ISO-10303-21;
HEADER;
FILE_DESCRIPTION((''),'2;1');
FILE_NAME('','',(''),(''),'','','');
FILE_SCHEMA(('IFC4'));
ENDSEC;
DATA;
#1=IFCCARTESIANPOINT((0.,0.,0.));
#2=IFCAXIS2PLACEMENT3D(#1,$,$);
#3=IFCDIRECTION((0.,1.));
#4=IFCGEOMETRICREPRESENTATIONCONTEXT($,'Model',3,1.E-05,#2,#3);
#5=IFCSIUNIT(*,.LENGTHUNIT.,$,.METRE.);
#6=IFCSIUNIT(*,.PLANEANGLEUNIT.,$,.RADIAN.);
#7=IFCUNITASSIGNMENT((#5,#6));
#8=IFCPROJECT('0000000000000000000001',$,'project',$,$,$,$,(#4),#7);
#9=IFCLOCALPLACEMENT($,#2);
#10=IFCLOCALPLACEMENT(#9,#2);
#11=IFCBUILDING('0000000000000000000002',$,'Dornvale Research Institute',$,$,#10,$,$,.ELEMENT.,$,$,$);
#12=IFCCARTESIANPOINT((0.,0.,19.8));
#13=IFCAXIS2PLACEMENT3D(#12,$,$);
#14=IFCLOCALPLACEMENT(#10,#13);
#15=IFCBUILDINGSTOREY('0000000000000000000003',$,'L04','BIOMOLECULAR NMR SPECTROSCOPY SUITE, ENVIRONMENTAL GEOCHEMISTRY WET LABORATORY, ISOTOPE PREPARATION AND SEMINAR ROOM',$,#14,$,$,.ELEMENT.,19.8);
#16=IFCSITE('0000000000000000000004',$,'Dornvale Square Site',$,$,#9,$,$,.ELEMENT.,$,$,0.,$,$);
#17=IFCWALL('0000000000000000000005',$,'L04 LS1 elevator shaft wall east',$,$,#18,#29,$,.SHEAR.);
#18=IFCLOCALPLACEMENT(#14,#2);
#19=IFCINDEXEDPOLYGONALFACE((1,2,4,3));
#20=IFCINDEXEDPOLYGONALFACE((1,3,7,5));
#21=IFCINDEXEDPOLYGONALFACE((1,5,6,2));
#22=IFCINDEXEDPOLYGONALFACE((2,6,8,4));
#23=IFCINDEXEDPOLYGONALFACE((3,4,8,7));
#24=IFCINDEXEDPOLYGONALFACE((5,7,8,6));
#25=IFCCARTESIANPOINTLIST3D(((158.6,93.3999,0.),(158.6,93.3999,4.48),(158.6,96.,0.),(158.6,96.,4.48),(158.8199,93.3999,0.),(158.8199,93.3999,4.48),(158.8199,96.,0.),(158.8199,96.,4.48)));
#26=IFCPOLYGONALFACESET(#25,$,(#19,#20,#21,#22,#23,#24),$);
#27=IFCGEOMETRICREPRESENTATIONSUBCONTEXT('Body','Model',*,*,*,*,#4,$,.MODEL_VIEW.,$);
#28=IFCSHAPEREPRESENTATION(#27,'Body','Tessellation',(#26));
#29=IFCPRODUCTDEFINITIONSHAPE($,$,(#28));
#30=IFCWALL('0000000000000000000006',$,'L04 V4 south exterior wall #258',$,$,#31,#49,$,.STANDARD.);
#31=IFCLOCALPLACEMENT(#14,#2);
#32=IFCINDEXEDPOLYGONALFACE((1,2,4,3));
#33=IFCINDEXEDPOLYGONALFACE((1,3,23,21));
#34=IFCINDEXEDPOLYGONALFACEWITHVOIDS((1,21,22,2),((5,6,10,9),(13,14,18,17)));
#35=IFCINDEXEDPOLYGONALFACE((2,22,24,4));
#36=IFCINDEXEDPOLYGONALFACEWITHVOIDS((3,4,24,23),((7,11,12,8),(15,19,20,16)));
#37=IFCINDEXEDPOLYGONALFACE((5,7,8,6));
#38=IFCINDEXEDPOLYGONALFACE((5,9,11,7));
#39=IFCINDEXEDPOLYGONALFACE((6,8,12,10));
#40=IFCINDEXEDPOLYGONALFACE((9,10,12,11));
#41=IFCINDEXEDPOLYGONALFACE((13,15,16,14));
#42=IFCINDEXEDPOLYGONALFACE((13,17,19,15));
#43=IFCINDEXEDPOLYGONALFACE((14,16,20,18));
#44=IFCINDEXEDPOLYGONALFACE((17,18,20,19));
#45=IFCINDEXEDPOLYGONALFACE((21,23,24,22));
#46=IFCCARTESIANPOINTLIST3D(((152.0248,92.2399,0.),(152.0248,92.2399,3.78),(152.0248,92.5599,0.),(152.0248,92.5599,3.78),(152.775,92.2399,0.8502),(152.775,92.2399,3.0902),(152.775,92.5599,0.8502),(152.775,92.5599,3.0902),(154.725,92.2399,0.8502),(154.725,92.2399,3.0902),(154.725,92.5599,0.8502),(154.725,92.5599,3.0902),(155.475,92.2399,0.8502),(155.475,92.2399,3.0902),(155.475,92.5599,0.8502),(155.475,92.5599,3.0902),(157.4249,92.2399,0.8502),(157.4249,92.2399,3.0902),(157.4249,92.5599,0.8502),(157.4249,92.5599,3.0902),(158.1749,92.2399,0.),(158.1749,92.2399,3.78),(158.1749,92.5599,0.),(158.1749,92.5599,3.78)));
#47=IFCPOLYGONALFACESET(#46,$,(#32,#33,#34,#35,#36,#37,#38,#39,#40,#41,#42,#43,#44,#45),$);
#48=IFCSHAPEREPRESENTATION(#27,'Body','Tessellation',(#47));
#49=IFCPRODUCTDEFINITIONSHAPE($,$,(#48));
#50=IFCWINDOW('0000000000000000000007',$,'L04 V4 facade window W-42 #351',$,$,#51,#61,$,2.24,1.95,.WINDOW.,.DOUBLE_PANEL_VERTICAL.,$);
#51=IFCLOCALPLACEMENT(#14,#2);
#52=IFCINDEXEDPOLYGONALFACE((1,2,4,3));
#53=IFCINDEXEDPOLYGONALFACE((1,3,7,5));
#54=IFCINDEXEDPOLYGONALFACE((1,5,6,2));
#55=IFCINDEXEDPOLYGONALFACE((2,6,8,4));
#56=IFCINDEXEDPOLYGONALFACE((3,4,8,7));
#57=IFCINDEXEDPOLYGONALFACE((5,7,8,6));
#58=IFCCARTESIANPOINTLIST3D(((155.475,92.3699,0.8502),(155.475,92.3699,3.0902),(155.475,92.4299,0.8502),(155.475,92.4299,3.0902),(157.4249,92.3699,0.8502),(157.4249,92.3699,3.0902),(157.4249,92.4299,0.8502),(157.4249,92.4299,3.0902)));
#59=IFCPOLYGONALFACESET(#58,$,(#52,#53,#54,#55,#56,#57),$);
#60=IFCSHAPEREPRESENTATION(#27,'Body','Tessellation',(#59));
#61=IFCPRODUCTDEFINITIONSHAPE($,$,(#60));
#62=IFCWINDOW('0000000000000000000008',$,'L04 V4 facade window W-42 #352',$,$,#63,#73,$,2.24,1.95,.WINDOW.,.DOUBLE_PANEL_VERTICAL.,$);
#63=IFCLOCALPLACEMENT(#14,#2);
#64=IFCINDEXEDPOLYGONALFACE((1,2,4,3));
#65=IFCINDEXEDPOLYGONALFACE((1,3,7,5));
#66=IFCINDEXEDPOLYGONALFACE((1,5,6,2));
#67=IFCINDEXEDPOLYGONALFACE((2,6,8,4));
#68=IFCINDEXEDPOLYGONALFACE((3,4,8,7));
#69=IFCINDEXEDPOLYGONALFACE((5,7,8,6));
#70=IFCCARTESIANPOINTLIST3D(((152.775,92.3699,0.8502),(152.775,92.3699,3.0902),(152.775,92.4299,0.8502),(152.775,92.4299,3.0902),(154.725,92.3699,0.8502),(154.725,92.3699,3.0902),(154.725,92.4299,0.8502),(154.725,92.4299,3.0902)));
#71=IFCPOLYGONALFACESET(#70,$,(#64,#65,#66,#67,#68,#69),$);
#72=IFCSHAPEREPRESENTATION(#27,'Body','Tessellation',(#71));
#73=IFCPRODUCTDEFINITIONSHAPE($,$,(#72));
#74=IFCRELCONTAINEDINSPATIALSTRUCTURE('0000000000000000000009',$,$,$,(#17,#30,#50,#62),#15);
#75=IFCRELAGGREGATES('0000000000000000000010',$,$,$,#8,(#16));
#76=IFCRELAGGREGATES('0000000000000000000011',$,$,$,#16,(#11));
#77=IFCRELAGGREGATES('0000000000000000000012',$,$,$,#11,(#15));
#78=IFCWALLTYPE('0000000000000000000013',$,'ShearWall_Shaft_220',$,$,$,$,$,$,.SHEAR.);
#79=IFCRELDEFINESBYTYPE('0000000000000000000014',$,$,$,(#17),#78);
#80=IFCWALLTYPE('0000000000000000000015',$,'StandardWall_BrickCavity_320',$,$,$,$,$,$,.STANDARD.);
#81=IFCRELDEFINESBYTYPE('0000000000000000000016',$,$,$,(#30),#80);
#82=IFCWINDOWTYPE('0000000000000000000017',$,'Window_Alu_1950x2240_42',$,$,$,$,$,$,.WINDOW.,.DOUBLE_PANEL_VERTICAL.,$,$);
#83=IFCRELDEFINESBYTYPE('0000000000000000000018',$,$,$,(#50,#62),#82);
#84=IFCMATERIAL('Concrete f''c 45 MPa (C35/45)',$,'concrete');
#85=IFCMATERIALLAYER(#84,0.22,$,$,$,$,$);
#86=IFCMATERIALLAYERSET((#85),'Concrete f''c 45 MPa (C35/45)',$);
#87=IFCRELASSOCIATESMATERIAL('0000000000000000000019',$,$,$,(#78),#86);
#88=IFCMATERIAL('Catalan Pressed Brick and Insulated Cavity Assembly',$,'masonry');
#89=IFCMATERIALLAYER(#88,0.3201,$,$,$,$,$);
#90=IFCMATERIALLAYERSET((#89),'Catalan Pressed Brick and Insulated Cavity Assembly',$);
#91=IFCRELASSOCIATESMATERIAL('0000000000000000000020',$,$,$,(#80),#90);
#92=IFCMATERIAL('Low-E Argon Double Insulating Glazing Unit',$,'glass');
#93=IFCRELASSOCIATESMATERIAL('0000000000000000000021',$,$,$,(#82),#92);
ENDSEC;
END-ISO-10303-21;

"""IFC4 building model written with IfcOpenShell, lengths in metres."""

from ifc_helpers import new_model, si_unit, direction, frame, frame_2d, origin, place, context, subcontext, project, spatial, rectangle, extrude, material, layer, layer_set, type_object, element, fill, save


model = new_model("IFC4")

# Units and contexts
model_context = context("Model", 3, precision=1e-05, world=origin(), true_north=direction((0.0, 1.0)))
body_context = subcontext(model_context, "Body", "Model", "MODEL_VIEW")
ifc_project = project(units=[si_unit("LENGTHUNIT", "METRE"), si_unit("PLANEANGLEUNIT", "RADIAN")], contexts=[model_context])

# Site, building, storey
site_placement = place(None, origin())
site = spatial("IfcSite", under=ifc_project, at=site_placement, Name="Dornvale Square Site", CompositionType="ELEMENT", RefElevation=0.0)
building_placement = place(site_placement, origin())
building = spatial("IfcBuilding", under=site, at=building_placement, Name="Dornvale Research Institute", CompositionType="ELEMENT")
storey_placement = place(building_placement, frame((0.0, 0.0, 19.8)))
storey = spatial("IfcBuildingStorey", under=building, at=storey_placement, Name="L04", Description="BIOMOLECULAR NMR SPECTROSCOPY SUITE, ENVIRONMENTAL GEOCHEMISTRY WET LABORATORY, ISOTOPE PREPARATION AND SEMINAR ROOM", CompositionType="ELEMENT", Elevation=19.8)

# Shared definitions
ifc_material_1 = material(Name="Concrete f'c 45 MPa (C35/45)", Category="concrete")
ifc_layer_1 = layer(ifc_material_1, 0.22)
ifc_layer_set_1 = layer_set([ifc_layer_1], Name="Concrete f'c 45 MPa (C35/45)")
wall_type_1 = type_object("IfcWallType", Name="ShearWall_Shaft_220", PredefinedType="SHEAR", material=ifc_layer_set_1)

# Wall
for number, where, z_axis, x_axis, name in (
    (1, (158.71, 93.3999, 0.0), (0.0, 0.0, 1.0), (0.0, 1.0, 0.0), "L04 LS1 elevator shaft wall east"),
):
    element("IfcWall", number, at=place(storey_placement, frame(where, z_axis=z_axis, x_axis=x_axis)), inside=storey, type_object=wall_type_1, Name=name, PredefinedType="SHEAR", context=body_context, shape_type="SweptSolid", body=[
        extrude(rectangle(XDim=2.6001, YDim=0.22, at=frame_2d((1.3, 0.0))), origin(), (0.0, 0.0, 1.0), 4.48),
    ])

# Wall, openings, windows
ifc_material_2 = material(Name="Catalan Pressed Brick and Insulated Cavity Assembly", Category="masonry")
ifc_layer_2 = layer(ifc_material_2, 0.3201)
ifc_layer_set_2 = layer_set([ifc_layer_2], Name="Catalan Pressed Brick and Insulated Cavity Assembly")
wall_type_2 = type_object("IfcWallType", Name="StandardWall_BrickCavity_320", PredefinedType="STANDARD", material=ifc_layer_set_2)
wall_1_placement = place(storey_placement, frame((158.175, 92.3999, 0.0), z_axis=(0.0, 0.0, 1.0), x_axis=(-1.0, 0.0, 0.0)))
wall_1 = element("IfcWall", 2, at=wall_1_placement, inside=storey, type_object=wall_type_2, Name="L04 V4 south exterior wall #258", PredefinedType="STANDARD", context=body_context, shape_type="SweptSolid", body=[
    extrude(rectangle(XDim=6.1501, YDim=0.3201, at=frame_2d((3.0752, 0.0))), origin(), (0.0, 0.0, 1.0), 3.78),
])
opening_1_placement = place(wall_1_placement, frame((0.75, 0.0, 0.8501)))
opening_1 = element("IfcOpeningElement", 3, at=opening_1_placement, cuts=wall_1, PredefinedType="OPENING", context=body_context, shape_type="SweptSolid", body=[
    extrude(rectangle(XDim=1.95, YDim=2.24, at=frame_2d((0.9751, 1.1201))), frame((0.0, 0.175, 0.0), z_axis=(0.0, -1.0, 0.0), x_axis=(1.0, 0.0, 0.0)), (0.0, 0.0, 1.0), 0.3501),
])
opening_2_placement = place(wall_1_placement, frame((3.45, 0.0, 0.8501)))
opening_2 = element("IfcOpeningElement", 4, at=opening_2_placement, cuts=wall_1, PredefinedType="OPENING", context=body_context, shape_type="SweptSolid", body=[
    extrude(rectangle(XDim=1.95, YDim=2.24, at=frame_2d((0.9751, 1.1201))), frame((0.0, 0.175, 0.0), z_axis=(0.0, -1.0, 0.0), x_axis=(1.0, 0.0, 0.0)), (0.0, 0.0, 1.0), 0.3501),
])
ifc_material_3 = material(Name="Low-E Argon Double Insulating Glazing Unit", Category="glass")
window_type = type_object("IfcWindowType", Name="Window_Alu_1950x2240_42", PartitioningType="DOUBLE_PANEL_VERTICAL", PredefinedType="WINDOW", material=ifc_material_3)
window_1_placement = place(opening_1_placement, origin())
window_1 = element("IfcWindow", 5, at=window_1_placement, inside=storey, type_object=window_type, Name="L04 V4 facade window W-42 #351", OverallHeight=2.24, OverallWidth=1.95, PartitioningType="DOUBLE_PANEL_VERTICAL", PredefinedType="WINDOW", context=body_context, shape_type="SweptSolid", body=[
    extrude(rectangle(XDim=1.95, YDim=2.24, at=frame_2d((0.9751, 1.1201))), frame((0.0, 0.03, 0.0), z_axis=(0.0, -1.0, 0.0), x_axis=(1.0, 0.0, 0.0)), (0.0, 0.0, 1.0), 0.0601),
])
fill(opening_1, window_1)
window_2_placement = place(opening_2_placement, origin())
window_2 = element("IfcWindow", 6, at=window_2_placement, inside=storey, type_object=window_type, Name="L04 V4 facade window W-42 #352", OverallHeight=2.24, OverallWidth=1.95, PartitioningType="DOUBLE_PANEL_VERTICAL", PredefinedType="WINDOW", context=body_context, shape_type="SweptSolid", body=[
    extrude(rectangle(XDim=1.95, YDim=2.24, at=frame_2d((0.9751, 1.1201))), frame((0.0, 0.03, 0.0), z_axis=(0.0, -1.0, 0.0), x_axis=(1.0, 0.0, 0.0)), (0.0, 0.0, 1.0), 0.0601),
])
fill(opening_2, window_2)

save(model, "model.ifc")
